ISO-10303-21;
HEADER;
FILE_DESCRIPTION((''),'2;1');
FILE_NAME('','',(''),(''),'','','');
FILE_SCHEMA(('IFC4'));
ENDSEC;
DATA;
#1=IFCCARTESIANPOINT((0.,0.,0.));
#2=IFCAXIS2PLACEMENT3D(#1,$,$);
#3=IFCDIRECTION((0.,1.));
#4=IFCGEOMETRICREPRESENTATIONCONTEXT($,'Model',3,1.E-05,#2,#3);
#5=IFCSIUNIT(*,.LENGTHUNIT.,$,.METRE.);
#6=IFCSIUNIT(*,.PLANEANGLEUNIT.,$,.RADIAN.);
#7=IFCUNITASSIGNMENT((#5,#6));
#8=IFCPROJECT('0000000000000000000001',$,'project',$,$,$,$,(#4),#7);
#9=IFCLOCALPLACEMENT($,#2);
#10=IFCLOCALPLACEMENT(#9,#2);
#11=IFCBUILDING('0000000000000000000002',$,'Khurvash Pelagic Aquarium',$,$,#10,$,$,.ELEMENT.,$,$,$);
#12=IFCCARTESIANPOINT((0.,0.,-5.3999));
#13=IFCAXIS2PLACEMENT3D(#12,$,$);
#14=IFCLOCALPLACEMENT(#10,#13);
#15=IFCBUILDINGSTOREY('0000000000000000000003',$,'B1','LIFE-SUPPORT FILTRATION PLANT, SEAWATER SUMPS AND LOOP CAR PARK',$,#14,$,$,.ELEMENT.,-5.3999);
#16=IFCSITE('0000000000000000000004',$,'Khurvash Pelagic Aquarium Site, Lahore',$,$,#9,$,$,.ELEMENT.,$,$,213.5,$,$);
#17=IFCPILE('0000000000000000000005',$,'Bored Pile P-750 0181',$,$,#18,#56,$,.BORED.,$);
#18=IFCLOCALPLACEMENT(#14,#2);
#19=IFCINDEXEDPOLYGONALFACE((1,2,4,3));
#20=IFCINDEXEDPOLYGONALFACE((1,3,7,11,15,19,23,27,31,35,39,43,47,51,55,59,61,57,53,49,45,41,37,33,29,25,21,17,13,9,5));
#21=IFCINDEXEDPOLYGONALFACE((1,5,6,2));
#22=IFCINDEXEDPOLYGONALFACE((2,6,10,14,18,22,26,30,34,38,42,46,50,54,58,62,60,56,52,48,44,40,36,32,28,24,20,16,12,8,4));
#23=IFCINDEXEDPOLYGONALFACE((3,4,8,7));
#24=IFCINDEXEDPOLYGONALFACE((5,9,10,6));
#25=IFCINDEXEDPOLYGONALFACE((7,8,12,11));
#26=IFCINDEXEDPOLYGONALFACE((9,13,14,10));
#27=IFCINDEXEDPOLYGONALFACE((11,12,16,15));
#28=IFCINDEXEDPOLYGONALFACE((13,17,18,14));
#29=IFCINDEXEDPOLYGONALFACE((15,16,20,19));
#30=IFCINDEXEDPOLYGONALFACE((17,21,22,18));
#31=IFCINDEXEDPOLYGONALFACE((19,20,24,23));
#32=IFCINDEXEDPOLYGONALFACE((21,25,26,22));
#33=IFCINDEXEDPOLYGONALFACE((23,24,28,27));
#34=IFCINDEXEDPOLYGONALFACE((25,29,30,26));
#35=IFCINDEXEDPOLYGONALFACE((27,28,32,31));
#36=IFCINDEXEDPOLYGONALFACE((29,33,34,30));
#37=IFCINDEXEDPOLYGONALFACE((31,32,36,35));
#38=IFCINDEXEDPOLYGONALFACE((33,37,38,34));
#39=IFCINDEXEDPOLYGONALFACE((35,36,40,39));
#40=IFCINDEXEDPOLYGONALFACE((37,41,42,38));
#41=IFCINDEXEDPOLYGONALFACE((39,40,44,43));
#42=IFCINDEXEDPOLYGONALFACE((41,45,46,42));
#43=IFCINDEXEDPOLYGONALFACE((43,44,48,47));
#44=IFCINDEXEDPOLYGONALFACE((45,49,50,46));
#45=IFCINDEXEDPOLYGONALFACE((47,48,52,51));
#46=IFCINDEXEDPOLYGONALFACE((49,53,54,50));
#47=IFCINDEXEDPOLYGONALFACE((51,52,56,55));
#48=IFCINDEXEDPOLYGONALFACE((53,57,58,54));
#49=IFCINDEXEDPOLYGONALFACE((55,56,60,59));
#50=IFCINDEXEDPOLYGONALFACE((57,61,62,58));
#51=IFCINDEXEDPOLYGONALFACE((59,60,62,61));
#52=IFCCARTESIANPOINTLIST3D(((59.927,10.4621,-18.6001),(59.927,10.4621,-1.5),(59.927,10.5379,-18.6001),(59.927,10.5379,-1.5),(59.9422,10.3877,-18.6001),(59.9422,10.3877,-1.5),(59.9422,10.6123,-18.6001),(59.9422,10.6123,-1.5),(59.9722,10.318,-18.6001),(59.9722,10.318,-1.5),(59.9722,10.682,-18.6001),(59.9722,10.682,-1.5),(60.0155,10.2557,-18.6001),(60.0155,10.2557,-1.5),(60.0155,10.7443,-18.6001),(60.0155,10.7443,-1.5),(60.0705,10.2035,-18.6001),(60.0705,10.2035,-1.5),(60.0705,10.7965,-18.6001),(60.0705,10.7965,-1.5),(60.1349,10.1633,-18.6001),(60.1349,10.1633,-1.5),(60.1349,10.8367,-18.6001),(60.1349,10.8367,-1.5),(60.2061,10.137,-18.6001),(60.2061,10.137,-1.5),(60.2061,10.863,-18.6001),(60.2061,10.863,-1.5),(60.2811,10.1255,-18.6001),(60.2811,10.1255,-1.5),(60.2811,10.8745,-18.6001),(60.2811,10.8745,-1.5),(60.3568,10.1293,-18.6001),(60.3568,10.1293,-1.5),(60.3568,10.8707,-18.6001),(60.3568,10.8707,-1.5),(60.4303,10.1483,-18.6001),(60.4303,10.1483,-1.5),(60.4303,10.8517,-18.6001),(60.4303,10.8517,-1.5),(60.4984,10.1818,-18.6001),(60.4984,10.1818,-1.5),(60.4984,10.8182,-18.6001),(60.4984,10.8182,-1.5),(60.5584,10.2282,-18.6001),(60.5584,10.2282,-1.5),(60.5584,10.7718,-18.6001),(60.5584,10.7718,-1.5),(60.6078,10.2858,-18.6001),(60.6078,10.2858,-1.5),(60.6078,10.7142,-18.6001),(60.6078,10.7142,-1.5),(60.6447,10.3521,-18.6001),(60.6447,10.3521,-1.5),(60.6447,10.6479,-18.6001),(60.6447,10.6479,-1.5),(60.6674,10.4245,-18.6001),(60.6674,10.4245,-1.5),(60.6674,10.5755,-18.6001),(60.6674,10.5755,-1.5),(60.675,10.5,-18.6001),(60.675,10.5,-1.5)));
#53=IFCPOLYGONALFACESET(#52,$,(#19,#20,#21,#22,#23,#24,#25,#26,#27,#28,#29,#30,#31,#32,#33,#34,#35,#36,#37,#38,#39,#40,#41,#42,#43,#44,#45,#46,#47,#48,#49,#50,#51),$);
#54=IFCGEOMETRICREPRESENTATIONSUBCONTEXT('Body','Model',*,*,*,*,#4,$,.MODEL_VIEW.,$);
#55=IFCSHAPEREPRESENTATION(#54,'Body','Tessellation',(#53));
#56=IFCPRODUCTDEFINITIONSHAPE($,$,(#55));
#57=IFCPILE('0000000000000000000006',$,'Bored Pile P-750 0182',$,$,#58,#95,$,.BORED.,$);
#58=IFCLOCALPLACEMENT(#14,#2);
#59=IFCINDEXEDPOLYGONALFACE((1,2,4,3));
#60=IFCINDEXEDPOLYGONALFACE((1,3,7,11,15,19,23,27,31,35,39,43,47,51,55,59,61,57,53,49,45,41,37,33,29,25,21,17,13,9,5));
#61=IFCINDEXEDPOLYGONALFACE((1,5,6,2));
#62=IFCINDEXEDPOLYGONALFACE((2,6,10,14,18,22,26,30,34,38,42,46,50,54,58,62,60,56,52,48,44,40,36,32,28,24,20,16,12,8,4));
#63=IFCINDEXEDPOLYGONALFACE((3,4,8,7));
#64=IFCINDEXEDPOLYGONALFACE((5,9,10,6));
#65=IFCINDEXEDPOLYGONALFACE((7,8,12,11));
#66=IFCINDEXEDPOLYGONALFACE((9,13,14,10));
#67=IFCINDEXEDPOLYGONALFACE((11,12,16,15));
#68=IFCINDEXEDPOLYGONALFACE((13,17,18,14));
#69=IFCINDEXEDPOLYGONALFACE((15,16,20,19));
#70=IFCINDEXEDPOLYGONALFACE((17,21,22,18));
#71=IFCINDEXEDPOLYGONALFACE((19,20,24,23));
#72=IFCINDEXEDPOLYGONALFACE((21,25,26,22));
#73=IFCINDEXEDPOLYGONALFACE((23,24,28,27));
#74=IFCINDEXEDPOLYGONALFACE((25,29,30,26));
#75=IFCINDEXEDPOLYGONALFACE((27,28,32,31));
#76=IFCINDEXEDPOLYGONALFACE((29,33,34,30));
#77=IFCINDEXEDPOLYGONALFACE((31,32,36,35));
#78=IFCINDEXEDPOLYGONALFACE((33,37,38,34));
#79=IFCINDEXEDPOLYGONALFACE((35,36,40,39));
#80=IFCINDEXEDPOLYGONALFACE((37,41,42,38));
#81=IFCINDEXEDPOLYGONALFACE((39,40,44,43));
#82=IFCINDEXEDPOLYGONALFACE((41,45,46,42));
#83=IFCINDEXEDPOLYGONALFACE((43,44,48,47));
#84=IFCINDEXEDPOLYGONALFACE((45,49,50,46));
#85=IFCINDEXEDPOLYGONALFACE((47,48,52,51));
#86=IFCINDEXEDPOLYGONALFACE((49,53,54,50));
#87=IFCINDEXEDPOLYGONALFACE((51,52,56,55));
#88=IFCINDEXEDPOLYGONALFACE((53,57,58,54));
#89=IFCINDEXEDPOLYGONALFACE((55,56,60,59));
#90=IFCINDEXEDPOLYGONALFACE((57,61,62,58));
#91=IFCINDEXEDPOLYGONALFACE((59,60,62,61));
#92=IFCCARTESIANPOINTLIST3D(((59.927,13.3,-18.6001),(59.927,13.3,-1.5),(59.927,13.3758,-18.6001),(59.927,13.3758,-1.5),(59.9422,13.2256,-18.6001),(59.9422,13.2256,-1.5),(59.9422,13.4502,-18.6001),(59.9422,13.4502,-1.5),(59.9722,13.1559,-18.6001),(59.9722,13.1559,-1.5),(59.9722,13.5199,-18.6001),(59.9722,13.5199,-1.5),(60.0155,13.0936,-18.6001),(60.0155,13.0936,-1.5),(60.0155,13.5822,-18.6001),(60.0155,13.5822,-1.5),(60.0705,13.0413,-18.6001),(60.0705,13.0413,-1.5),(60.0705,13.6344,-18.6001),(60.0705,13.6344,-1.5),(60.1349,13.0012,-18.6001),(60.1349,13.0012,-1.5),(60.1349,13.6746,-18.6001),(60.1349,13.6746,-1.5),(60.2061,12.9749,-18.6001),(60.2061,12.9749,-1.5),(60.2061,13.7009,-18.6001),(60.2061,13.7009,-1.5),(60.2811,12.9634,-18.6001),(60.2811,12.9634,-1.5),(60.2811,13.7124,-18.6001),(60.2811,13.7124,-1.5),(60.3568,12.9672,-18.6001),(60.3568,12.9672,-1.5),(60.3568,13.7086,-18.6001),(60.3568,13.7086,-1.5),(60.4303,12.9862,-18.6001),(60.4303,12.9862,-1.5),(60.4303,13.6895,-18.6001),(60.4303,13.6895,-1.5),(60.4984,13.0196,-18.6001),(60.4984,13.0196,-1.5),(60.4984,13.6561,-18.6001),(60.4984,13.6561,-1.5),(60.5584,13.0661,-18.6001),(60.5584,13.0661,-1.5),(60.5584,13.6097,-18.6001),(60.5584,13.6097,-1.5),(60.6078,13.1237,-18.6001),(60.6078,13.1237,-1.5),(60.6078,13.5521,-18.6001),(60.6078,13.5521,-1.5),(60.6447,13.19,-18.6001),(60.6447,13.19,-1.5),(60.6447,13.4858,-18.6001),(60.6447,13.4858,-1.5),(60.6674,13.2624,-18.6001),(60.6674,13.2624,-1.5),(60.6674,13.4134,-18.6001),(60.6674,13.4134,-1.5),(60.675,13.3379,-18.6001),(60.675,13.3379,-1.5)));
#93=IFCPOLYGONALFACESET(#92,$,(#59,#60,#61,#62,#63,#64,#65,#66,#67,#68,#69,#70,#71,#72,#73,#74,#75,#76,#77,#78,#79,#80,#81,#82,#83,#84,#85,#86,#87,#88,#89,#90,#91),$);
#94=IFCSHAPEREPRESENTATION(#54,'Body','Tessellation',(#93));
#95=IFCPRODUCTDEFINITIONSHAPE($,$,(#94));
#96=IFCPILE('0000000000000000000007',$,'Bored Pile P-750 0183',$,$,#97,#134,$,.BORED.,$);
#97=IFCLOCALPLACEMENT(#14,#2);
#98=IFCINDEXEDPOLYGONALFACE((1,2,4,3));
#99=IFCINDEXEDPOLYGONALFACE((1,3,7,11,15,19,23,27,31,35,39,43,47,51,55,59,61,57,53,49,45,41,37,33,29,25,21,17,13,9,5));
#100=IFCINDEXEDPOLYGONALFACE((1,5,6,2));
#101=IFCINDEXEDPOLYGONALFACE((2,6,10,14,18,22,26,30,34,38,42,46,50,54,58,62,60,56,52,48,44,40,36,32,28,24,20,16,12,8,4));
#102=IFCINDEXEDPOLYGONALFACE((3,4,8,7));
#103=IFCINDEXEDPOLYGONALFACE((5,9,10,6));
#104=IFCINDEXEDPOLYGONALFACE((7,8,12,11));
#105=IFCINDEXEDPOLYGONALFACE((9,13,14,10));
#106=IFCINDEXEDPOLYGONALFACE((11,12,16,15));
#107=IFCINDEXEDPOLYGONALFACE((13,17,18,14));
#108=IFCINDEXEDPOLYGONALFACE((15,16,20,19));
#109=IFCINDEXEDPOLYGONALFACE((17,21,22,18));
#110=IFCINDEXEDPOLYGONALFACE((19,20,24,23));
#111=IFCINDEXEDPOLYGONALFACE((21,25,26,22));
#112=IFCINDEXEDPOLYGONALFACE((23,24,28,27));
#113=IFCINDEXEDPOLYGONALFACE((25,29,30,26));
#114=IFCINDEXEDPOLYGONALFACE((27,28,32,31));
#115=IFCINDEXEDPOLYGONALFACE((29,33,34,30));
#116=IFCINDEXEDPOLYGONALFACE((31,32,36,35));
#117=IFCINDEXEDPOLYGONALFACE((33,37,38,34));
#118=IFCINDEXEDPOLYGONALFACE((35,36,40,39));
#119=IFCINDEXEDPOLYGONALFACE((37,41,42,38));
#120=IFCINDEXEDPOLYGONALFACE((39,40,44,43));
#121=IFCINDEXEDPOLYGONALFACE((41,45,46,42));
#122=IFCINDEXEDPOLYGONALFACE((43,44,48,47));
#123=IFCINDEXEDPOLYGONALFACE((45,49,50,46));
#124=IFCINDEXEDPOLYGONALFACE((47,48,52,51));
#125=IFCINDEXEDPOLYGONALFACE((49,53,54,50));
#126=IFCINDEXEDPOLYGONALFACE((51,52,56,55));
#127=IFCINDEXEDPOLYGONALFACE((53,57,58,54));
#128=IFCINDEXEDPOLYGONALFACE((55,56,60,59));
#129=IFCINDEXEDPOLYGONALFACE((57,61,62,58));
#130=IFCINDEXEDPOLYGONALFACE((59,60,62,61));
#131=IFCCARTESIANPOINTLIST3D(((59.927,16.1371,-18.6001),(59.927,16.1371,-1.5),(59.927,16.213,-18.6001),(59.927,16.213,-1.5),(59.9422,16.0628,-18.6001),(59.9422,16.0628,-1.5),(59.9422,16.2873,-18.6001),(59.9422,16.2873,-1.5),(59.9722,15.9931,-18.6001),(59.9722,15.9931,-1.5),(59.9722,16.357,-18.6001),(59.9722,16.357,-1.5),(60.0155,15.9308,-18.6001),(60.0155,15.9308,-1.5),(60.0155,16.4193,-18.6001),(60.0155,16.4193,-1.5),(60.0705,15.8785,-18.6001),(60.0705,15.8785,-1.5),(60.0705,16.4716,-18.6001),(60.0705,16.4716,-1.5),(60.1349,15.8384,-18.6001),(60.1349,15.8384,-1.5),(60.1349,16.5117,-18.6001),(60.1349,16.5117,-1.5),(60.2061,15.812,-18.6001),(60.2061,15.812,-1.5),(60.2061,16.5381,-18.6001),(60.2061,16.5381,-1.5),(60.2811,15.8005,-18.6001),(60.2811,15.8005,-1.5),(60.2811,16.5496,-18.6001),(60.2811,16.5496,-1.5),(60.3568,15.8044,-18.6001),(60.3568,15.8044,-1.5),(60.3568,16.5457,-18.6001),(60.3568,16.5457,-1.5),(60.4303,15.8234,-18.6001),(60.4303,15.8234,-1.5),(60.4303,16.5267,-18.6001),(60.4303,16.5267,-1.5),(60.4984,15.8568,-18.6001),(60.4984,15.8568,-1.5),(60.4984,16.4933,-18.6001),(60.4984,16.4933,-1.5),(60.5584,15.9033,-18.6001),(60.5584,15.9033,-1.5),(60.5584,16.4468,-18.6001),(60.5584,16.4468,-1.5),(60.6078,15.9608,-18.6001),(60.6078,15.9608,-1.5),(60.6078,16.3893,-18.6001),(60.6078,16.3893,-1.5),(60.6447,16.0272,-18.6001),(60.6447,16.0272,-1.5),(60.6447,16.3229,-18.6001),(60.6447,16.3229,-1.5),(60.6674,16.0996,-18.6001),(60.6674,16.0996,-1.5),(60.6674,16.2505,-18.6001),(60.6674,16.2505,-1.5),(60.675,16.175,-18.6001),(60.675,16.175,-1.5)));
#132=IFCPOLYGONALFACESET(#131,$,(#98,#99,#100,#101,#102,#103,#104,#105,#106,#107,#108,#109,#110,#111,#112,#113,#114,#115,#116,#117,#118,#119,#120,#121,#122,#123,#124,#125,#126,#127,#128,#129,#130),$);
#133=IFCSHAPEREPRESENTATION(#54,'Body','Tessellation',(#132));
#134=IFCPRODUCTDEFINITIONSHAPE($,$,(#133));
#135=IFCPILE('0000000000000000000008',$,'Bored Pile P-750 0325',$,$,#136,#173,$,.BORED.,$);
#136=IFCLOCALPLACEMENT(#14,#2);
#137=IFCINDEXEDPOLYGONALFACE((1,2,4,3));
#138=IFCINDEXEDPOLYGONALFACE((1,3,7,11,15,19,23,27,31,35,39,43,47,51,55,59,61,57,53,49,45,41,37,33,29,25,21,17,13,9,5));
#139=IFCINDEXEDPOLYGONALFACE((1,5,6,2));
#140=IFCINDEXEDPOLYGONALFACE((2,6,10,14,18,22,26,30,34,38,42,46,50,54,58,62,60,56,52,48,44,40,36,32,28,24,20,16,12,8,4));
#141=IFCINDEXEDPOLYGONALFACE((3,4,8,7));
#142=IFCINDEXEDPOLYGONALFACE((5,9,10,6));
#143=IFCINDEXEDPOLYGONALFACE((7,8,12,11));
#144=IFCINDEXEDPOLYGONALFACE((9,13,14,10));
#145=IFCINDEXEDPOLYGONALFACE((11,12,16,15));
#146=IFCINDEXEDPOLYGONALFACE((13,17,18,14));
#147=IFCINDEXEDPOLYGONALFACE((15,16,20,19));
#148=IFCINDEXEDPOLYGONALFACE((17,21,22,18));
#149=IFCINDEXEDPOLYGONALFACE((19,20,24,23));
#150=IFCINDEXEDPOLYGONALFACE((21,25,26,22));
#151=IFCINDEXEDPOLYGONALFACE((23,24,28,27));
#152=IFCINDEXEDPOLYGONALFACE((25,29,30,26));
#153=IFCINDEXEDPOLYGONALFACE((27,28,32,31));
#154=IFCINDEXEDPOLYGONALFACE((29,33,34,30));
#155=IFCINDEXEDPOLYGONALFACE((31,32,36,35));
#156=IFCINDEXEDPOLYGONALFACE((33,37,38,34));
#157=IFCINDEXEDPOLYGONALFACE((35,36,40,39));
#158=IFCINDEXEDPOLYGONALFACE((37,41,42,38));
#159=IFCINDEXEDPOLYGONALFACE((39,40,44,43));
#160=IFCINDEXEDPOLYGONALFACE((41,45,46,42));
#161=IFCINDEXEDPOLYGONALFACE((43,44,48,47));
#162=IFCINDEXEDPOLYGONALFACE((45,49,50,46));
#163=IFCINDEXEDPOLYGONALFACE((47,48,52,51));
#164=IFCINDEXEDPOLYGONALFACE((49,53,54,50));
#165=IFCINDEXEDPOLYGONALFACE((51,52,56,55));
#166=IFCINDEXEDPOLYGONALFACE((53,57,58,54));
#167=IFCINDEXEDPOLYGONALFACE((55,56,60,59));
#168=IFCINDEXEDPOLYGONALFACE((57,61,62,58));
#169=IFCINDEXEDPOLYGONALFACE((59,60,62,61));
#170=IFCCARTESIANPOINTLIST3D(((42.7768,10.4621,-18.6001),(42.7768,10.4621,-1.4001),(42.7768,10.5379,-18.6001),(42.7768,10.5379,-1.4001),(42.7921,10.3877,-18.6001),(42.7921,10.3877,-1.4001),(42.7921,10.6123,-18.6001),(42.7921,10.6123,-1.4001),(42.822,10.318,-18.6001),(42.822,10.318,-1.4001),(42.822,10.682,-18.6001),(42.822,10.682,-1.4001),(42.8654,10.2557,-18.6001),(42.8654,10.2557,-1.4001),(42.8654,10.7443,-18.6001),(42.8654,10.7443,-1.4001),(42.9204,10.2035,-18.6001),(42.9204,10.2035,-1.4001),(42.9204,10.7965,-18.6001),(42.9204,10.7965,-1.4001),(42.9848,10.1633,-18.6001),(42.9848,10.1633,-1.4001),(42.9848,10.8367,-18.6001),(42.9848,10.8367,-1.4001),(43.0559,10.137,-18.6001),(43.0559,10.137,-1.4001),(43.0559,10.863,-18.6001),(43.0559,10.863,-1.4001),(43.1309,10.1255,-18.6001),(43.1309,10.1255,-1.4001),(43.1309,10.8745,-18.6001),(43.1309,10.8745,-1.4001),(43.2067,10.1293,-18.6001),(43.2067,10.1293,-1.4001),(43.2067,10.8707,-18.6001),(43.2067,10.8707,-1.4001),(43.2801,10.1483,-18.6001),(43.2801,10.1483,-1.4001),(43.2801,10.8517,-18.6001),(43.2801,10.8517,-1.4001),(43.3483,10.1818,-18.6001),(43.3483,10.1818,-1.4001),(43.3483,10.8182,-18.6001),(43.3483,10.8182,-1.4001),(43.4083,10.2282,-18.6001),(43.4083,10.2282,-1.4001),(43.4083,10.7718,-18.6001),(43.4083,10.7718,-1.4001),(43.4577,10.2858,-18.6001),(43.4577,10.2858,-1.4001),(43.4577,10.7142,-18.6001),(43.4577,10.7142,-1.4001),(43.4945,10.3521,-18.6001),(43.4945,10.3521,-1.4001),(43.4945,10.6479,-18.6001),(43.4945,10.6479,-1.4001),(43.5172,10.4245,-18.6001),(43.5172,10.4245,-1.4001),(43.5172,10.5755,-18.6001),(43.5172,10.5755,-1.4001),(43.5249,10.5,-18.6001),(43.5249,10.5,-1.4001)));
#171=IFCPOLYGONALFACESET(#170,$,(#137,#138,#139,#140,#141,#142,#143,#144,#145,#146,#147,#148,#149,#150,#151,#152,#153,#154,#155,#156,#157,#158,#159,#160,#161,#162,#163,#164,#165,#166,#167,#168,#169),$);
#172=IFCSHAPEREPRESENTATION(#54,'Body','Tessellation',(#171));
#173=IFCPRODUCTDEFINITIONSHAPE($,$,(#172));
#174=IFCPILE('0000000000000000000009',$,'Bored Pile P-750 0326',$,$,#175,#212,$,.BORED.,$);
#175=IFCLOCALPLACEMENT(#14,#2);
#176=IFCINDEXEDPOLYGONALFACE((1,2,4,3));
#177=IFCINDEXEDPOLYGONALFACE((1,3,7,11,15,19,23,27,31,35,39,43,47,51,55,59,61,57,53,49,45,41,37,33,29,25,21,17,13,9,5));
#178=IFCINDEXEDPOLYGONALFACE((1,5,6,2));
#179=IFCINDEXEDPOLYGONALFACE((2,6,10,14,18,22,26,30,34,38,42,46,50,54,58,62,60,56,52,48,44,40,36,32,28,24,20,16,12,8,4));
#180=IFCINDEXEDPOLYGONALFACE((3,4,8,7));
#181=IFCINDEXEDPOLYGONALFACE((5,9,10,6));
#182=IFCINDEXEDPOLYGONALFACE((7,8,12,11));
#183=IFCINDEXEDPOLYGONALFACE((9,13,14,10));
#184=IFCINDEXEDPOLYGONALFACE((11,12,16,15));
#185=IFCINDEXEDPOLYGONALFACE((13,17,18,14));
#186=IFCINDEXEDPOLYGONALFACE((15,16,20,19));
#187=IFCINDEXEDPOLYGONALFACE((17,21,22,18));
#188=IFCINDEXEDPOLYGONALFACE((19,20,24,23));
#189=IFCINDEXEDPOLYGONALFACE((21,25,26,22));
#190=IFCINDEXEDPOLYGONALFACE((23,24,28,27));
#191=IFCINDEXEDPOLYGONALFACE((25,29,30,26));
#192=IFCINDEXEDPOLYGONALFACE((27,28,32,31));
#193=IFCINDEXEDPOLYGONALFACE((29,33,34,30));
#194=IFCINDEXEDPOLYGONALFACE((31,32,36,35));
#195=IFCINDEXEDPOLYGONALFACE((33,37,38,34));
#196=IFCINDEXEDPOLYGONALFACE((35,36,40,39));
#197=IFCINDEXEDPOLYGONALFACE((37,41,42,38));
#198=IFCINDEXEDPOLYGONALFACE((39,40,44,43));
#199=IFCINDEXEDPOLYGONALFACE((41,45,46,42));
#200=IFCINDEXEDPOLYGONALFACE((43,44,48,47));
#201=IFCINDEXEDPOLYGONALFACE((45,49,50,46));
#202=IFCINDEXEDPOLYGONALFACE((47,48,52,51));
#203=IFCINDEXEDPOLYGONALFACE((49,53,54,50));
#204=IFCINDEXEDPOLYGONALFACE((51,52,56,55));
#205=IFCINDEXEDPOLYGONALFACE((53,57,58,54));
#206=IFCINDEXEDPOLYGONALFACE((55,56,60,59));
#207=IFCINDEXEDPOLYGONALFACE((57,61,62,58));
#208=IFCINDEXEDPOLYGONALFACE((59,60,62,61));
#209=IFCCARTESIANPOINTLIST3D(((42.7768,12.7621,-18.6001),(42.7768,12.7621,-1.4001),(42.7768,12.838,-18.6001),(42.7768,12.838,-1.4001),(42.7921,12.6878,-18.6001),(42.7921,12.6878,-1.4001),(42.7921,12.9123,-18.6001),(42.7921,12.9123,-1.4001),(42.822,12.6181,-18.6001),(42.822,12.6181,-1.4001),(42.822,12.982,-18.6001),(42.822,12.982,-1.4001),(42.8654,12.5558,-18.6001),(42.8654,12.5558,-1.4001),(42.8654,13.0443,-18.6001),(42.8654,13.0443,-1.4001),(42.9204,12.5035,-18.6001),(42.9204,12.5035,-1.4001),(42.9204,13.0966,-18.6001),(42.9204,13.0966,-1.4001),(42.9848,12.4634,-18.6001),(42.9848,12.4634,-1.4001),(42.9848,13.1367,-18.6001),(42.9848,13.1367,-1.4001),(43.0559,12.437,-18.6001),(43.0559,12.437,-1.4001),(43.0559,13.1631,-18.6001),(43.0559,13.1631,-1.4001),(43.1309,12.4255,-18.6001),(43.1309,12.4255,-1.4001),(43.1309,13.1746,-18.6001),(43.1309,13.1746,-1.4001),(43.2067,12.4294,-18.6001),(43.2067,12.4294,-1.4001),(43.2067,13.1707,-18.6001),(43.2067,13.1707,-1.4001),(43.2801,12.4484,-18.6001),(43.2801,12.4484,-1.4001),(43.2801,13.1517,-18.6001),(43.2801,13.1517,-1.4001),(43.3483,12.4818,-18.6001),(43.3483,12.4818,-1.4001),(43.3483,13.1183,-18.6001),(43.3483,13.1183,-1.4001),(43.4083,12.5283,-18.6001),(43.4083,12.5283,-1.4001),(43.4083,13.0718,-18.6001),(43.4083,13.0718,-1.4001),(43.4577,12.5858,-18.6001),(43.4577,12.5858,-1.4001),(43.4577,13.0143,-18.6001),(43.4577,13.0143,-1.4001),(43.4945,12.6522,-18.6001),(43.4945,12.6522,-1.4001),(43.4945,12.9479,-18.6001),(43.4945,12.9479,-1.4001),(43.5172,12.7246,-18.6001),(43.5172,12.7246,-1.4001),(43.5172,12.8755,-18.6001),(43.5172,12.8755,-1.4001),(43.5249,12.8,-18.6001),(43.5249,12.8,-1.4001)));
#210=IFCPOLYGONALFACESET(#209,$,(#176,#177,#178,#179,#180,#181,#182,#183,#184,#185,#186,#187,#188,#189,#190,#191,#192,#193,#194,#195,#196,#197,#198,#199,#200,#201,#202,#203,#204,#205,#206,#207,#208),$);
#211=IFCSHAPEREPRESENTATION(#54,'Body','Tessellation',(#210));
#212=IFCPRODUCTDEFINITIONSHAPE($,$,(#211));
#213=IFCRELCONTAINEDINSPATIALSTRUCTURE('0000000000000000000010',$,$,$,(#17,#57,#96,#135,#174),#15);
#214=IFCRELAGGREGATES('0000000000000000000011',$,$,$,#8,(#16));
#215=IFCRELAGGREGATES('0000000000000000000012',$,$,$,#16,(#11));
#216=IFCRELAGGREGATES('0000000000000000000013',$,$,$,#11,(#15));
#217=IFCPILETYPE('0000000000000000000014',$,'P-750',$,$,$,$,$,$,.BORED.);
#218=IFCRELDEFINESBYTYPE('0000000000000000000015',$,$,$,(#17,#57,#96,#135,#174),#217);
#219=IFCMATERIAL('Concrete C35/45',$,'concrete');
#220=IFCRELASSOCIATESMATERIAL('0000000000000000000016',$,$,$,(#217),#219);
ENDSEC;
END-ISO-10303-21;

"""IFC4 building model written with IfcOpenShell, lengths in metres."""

from ifc_helpers import new_model, si_unit, direction, frame, origin, origin_2d, place, context, subcontext, project, spatial, circle, extrude, material, material_profile, profile_set, type_object, element, save


model = new_model("IFC4")

# Units and contexts
model_context = context("Model", 3, precision=1e-05, world=origin(), true_north=direction((0.0, 1.0)))
body_context = subcontext(model_context, "Body", "Model", "MODEL_VIEW")
ifc_project = project(units=[si_unit("LENGTHUNIT", "METRE"), si_unit("PLANEANGLEUNIT", "RADIAN")], contexts=[model_context])

# Site, building, storey
site_placement = place(None, origin())
site = spatial("IfcSite", under=ifc_project, at=site_placement, Name="Khurvash Pelagic Aquarium Site, Lahore", CompositionType="ELEMENT", RefElevation=213.5)
building_placement = place(site_placement, origin())
building = spatial("IfcBuilding", under=site, at=building_placement, Name="Khurvash Pelagic Aquarium", CompositionType="ELEMENT")
storey_placement = place(building_placement, frame((0.0, 0.0, -5.3999)))
storey = spatial("IfcBuildingStorey", under=building, at=storey_placement, Name="B1", Description="LIFE-SUPPORT FILTRATION PLANT, SEAWATER SUMPS AND LOOP CAR PARK", CompositionType="ELEMENT", Elevation=-5.3999)

# Shared definitions
ifc_material_1 = material(Name="Concrete C35/45", Category="concrete")

# Piles
ifc_material_profile_1 = material_profile(ifc_material_1, circle(Radius=0.375, at=origin_2d()), Name="PILE750")
ifc_profile_set_1 = profile_set([ifc_material_profile_1], Name="Concrete C35/45")
pile_type = type_object("IfcPileType", Name="P-750", PredefinedType="BORED", material=ifc_profile_set_1)
for number, where, z_axis, x_axis, name in (
    (1, (60.3, 10.5, -1.5), (0.0, 0.0, -1.0), (1.0, 0.0, 0.0), "Bored Pile P-750 0181"),
    (2, (60.3, 13.3379, -1.5), (0.0, 0.0, -1.0), (1.0, 0.0, 0.0), "Bored Pile P-750 0182"),
    (3, (60.3, 16.175, -1.5), (0.0, 0.0, -1.0), (1.0, 0.0, 0.0), "Bored Pile P-750 0183"),
):
    element("IfcPile", number, at=place(storey_placement, frame(where, z_axis=z_axis, x_axis=x_axis)), inside=storey, type_object=pile_type, Name=name, PredefinedType="BORED", context=body_context, shape_type="SweptSolid", body=[
        extrude(circle(Radius=0.375, at=origin_2d()), origin(), (0.0, 0.0, 1.0), 17.1001),
    ])
for number, where, z_axis, x_axis, name in (
    (4, (43.1499, 10.5, -1.4001), (0.0, 0.0, -1.0), (1.0, 0.0, 0.0), "Bored Pile P-750 0325"),
    (5, (43.1499, 12.8, -1.4001), (0.0, 0.0, -1.0), (1.0, 0.0, 0.0), "Bored Pile P-750 0326"),
):
    element("IfcPile", number, at=place(storey_placement, frame(where, z_axis=z_axis, x_axis=x_axis)), inside=storey, type_object=pile_type, Name=name, PredefinedType="BORED", context=body_context, shape_type="SweptSolid", body=[
        extrude(circle(Radius=0.375, at=origin_2d()), origin(), (0.0, 0.0, 1.0), 17.2),
    ])

save(model, "model.ifc")
